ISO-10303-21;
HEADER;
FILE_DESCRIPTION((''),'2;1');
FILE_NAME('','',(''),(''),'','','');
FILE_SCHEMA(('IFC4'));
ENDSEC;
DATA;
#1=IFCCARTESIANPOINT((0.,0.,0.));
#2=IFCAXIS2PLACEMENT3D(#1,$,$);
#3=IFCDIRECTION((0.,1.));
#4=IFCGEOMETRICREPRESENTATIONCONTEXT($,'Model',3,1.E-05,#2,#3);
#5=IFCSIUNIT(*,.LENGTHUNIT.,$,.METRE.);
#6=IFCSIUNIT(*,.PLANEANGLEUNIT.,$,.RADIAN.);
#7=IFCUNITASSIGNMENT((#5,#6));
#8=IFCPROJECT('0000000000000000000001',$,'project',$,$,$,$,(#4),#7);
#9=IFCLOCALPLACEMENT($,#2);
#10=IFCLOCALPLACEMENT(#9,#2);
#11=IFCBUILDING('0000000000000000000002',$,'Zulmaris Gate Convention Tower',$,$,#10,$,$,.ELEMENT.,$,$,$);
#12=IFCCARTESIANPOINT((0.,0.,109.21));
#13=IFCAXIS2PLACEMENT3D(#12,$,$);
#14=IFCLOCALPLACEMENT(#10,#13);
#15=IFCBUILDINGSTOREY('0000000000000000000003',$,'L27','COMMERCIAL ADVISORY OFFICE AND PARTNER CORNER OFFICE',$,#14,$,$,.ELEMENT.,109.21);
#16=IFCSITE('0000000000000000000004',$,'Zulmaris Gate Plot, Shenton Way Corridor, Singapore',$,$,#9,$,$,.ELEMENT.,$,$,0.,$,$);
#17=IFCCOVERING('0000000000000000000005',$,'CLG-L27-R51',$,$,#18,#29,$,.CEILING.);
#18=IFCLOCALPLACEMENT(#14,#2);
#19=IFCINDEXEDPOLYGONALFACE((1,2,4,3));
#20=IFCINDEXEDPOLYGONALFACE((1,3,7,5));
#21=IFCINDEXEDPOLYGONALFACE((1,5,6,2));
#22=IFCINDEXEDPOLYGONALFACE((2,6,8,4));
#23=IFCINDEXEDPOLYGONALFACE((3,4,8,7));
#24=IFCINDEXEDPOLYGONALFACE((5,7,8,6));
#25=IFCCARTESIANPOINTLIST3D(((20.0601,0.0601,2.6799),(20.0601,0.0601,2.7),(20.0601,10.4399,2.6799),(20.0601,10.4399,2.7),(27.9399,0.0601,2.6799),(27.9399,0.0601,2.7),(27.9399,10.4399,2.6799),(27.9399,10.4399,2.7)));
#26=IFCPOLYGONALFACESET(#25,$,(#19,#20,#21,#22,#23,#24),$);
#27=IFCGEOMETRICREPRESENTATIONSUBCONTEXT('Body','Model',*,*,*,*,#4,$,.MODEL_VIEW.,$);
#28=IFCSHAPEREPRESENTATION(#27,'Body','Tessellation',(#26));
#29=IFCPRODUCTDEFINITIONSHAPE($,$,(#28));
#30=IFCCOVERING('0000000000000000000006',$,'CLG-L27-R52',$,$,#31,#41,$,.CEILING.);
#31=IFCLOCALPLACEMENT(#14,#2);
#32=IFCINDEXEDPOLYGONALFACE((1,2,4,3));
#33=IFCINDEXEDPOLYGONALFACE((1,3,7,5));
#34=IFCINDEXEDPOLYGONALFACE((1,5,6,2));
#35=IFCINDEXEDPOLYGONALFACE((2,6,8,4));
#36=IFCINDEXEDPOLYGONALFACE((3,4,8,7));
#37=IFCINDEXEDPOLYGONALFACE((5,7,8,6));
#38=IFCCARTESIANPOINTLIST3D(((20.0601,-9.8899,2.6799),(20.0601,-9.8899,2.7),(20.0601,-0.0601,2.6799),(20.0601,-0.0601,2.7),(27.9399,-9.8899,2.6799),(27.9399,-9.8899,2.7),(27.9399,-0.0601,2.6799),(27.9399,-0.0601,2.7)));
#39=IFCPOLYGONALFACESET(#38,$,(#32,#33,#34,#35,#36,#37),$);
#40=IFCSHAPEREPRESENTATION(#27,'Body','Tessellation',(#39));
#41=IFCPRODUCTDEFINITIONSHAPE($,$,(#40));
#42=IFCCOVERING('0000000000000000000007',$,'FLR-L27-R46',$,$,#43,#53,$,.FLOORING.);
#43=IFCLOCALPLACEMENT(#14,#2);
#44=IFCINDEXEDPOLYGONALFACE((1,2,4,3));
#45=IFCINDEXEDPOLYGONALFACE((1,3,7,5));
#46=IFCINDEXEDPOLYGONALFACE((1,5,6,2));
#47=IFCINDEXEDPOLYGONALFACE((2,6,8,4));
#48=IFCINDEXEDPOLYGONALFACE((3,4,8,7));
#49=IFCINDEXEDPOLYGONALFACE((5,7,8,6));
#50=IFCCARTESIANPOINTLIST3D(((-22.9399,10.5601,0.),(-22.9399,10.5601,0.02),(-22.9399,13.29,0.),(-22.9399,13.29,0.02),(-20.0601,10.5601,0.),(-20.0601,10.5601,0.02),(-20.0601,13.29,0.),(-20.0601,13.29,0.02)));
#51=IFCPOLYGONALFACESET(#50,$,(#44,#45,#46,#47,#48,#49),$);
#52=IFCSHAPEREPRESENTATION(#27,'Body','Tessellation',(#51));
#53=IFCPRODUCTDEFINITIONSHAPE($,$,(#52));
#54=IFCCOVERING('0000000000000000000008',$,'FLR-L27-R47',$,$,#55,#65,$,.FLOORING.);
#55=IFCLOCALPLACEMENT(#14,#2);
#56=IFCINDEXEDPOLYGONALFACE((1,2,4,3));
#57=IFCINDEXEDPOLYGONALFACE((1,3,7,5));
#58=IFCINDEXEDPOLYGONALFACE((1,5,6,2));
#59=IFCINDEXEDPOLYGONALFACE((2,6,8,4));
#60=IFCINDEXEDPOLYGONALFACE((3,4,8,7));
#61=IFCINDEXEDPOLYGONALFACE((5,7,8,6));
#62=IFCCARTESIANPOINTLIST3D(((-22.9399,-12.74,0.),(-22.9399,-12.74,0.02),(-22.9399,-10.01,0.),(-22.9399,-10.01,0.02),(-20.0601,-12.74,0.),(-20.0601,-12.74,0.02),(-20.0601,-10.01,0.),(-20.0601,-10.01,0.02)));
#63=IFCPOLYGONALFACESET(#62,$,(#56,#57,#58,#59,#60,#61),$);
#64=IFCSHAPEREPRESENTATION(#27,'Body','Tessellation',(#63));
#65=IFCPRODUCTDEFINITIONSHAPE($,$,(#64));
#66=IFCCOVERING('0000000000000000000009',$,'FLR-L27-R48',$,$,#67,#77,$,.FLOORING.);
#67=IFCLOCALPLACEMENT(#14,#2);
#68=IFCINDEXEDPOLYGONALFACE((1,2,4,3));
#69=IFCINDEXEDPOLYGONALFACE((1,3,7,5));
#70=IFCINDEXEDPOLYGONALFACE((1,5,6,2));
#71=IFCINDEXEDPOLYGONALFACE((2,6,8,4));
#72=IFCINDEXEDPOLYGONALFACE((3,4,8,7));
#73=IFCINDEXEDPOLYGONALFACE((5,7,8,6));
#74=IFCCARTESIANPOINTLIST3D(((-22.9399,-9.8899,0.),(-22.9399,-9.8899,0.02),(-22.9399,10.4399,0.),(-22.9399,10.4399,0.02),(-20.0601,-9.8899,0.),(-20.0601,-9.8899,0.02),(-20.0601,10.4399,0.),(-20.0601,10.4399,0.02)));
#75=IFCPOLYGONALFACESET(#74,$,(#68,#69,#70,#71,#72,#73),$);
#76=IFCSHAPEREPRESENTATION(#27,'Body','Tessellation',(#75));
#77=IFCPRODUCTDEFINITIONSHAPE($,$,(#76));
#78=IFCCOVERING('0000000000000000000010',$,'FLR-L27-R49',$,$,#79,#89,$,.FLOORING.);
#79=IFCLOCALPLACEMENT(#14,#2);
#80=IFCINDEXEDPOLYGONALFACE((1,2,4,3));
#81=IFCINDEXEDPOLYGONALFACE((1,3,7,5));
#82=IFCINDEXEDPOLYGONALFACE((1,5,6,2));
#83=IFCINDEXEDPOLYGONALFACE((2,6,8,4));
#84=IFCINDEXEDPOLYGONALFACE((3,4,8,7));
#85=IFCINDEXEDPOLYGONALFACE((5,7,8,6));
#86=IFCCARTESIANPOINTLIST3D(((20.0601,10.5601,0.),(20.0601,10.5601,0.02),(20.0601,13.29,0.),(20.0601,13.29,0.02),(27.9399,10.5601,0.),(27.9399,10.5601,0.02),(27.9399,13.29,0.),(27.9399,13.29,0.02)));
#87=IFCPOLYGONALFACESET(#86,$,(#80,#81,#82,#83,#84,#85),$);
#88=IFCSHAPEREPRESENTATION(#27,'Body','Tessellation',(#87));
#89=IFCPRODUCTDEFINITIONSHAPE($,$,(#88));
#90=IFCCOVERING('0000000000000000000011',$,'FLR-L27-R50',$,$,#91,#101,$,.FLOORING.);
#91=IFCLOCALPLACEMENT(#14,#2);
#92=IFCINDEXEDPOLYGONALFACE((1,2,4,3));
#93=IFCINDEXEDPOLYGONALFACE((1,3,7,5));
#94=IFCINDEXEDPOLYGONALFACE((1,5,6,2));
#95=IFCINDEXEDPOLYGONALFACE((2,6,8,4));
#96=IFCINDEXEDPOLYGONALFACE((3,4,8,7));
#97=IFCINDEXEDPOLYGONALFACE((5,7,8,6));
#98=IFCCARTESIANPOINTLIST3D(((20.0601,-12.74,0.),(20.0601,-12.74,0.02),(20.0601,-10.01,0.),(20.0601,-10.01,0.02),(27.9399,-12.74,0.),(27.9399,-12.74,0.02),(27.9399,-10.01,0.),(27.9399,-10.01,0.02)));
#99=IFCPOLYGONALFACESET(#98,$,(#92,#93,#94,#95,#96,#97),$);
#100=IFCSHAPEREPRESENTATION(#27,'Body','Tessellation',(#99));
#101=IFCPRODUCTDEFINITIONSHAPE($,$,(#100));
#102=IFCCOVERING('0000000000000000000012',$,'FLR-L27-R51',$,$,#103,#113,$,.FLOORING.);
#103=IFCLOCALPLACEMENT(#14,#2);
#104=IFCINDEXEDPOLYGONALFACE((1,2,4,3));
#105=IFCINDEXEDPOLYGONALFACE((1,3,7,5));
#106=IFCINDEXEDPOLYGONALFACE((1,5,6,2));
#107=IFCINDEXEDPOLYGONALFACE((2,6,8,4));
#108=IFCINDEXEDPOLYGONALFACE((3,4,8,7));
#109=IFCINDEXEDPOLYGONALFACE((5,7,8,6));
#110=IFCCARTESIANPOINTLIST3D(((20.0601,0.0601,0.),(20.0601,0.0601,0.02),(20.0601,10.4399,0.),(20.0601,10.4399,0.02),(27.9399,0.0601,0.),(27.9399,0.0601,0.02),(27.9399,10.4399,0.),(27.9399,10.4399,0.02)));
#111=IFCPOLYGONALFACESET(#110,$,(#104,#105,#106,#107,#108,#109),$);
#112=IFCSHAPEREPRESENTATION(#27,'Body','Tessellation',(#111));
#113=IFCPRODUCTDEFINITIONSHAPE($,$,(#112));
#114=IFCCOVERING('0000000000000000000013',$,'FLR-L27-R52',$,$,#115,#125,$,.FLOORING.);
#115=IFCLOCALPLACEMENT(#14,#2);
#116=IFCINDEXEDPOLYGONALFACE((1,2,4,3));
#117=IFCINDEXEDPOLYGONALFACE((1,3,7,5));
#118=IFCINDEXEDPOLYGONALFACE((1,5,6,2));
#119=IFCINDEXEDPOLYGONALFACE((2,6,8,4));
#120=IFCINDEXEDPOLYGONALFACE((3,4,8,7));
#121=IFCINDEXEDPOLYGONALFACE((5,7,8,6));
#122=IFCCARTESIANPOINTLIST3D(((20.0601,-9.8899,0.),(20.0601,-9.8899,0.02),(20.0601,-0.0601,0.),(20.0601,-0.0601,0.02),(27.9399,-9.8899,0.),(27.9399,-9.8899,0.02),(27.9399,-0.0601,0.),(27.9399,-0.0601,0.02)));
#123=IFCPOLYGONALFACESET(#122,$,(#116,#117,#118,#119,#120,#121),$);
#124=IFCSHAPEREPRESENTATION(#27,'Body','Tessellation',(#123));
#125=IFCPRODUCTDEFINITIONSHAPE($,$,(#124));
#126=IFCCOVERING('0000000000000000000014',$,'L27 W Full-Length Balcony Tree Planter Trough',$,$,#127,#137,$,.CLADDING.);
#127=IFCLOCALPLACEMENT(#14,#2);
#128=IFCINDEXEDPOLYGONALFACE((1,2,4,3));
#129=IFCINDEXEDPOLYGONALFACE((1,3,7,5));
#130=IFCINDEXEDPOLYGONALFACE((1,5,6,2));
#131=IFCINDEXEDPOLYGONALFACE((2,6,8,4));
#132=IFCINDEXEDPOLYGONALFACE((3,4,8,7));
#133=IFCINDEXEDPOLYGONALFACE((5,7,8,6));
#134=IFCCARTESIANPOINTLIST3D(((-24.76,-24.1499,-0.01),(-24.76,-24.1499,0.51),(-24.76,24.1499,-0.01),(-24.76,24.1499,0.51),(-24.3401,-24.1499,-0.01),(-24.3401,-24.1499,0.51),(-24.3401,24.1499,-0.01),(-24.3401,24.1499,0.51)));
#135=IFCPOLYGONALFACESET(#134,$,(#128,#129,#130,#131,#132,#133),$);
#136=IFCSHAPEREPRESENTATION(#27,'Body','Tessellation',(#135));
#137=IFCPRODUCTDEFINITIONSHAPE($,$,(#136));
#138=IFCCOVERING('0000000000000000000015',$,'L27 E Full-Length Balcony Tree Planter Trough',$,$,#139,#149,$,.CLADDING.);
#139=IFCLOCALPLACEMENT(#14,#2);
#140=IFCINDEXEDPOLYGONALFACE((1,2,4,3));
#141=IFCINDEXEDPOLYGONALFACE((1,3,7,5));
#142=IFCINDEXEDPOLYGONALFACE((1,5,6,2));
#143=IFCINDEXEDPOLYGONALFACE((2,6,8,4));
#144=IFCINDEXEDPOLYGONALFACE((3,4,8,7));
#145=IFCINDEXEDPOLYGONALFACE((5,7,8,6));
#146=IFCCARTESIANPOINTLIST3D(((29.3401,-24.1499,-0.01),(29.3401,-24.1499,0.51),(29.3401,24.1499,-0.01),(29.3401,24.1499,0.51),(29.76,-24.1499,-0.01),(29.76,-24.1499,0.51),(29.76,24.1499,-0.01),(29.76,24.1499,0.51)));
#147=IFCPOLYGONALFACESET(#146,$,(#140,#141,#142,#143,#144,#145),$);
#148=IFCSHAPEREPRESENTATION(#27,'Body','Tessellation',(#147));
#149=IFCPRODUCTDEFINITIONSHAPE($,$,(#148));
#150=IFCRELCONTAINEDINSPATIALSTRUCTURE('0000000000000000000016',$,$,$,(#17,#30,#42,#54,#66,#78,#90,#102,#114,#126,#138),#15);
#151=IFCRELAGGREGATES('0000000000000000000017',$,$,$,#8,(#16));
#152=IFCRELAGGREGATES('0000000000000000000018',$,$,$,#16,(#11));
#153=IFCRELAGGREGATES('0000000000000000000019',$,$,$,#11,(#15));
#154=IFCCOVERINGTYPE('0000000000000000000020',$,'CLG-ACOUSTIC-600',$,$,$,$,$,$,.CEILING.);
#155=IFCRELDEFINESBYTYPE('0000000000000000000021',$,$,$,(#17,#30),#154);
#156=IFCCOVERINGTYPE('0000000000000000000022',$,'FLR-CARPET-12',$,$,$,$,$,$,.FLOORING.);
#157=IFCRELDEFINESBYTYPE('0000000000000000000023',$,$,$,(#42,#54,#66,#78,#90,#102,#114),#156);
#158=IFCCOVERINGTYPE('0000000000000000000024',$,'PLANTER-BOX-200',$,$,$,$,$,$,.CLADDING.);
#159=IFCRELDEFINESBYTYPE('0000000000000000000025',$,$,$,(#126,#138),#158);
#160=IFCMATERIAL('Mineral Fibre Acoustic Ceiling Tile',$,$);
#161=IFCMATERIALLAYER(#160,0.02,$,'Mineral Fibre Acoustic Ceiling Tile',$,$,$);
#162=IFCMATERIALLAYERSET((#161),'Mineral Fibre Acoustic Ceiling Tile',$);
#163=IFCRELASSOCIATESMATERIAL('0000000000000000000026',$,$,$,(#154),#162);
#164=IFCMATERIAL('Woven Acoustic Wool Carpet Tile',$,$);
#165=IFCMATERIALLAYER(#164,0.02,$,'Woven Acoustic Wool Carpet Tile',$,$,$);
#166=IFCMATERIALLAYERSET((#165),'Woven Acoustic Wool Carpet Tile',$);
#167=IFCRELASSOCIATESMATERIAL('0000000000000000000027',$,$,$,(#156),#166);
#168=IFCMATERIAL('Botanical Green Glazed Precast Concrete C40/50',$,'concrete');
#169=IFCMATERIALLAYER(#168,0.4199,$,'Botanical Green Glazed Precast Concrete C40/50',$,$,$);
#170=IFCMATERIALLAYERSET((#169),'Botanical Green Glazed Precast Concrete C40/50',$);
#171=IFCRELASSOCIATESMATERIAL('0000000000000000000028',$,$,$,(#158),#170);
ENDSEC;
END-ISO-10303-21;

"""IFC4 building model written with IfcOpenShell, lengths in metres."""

from ifc_helpers import new_model, si_unit, direction, frame, origin, place, context, subcontext, project, spatial, polyline, outline, extrude, material, layer, layer_set, type_object, element, save


model = new_model("IFC4")

# Units and contexts
model_context = context("Model", 3, precision=1e-05, world=origin(), true_north=direction((0.0, 1.0)))
body_context = subcontext(model_context, "Body", "Model", "MODEL_VIEW")
ifc_project = project(units=[si_unit("LENGTHUNIT", "METRE"), si_unit("PLANEANGLEUNIT", "RADIAN")], contexts=[model_context])

# Site, building, storey
site_placement = place(None, origin())
site = spatial("IfcSite", under=ifc_project, at=site_placement, Name="Zulmaris Gate Plot, Shenton Way Corridor, Singapore", CompositionType="ELEMENT", RefElevation=0.0)
building_placement = place(site_placement, origin())
building = spatial("IfcBuilding", under=site, at=building_placement, Name="Zulmaris Gate Convention Tower", CompositionType="ELEMENT")
storey_placement = place(building_placement, frame((0.0, 0.0, 109.21)))
storey = spatial("IfcBuildingStorey", under=building, at=storey_placement, Name="L27", Description="COMMERCIAL ADVISORY OFFICE AND PARTNER CORNER OFFICE", CompositionType="ELEMENT", Elevation=109.21)

# Coverings
ifc_material_1 = material(Name="Mineral Fibre Acoustic Ceiling Tile")
ifc_layer_1 = layer(ifc_material_1, 0.02, Name="Mineral Fibre Acoustic Ceiling Tile")
ifc_layer_set_1 = layer_set([ifc_layer_1], Name="Mineral Fibre Acoustic Ceiling Tile")
covering_type_1 = type_object("IfcCoveringType", Name="CLG-ACOUSTIC-600", PredefinedType="CEILING", material=ifc_layer_set_1)
covering_1_placement = place(storey_placement, frame((0.0, 0.0, 2.6799)))
element("IfcCovering", 1, at=covering_1_placement, inside=storey, type_object=covering_type_1, Name="CLG-L27-R51", PredefinedType="CEILING", context=body_context, shape_type="SweptSolid", body=[
    extrude(outline(polyline([(20.0601, 0.0601), (27.9399, 0.0601), (27.9399, 10.4399), (20.0601, 10.4399), (20.0601, 0.0601)])), origin(), (0.0, 0.0, 1.0), 0.02),
])
covering_2_placement = place(storey_placement, frame((0.0, 0.0, 2.6799)))
element("IfcCovering", 2, at=covering_2_placement, inside=storey, type_object=covering_type_1, Name="CLG-L27-R52", PredefinedType="CEILING", context=body_context, shape_type="SweptSolid", body=[
    extrude(outline(polyline([(20.0601, -9.8899), (27.9399, -9.8899), (27.9399, -0.0601), (20.0601, -0.0601), (20.0601, -9.8899)])), origin(), (0.0, 0.0, 1.0), 0.02),
])
ifc_material_2 = material(Name="Woven Acoustic Wool Carpet Tile")
ifc_layer_2 = layer(ifc_material_2, 0.02, Name="Woven Acoustic Wool Carpet Tile")
ifc_layer_set_2 = layer_set([ifc_layer_2], Name="Woven Acoustic Wool Carpet Tile")
covering_type_2 = type_object("IfcCoveringType", Name="FLR-CARPET-12", PredefinedType="FLOORING", material=ifc_layer_set_2)
covering_3_placement = place(storey_placement, origin())
element("IfcCovering", 3, at=covering_3_placement, inside=storey, type_object=covering_type_2, Name="FLR-L27-R46", PredefinedType="FLOORING", context=body_context, shape_type="SweptSolid", body=[
    extrude(outline(polyline([(-22.9399, 10.5601), (-20.0601, 10.5601), (-20.0601, 13.29), (-22.9399, 13.29), (-22.9399, 10.5601)])), origin(), (0.0, 0.0, 1.0), 0.02),
])
covering_4_placement = place(storey_placement, origin())
element("IfcCovering", 4, at=covering_4_placement, inside=storey, type_object=covering_type_2, Name="FLR-L27-R47", PredefinedType="FLOORING", context=body_context, shape_type="SweptSolid", body=[
    extrude(outline(polyline([(-22.9399, -12.74), (-20.0601, -12.74), (-20.0601, -10.01), (-22.9399, -10.01), (-22.9399, -12.74)])), origin(), (0.0, 0.0, 1.0), 0.02),
])
covering_5_placement = place(storey_placement, origin())
element("IfcCovering", 5, at=covering_5_placement, inside=storey, type_object=covering_type_2, Name="FLR-L27-R48", PredefinedType="FLOORING", context=body_context, shape_type="SweptSolid", body=[
    extrude(outline(polyline([(-22.9399, -9.8899), (-20.0601, -9.8899), (-20.0601, 10.4399), (-22.9399, 10.4399), (-22.9399, -9.8899)])), origin(), (0.0, 0.0, 1.0), 0.02),
])
covering_6_placement = place(storey_placement, origin())
element("IfcCovering", 6, at=covering_6_placement, inside=storey, type_object=covering_type_2, Name="FLR-L27-R49", PredefinedType="FLOORING", context=body_context, shape_type="SweptSolid", body=[
    extrude(outline(polyline([(20.0601, 10.5601), (27.9399, 10.5601), (27.9399, 13.29), (20.0601, 13.29), (20.0601, 10.5601)])), origin(), (0.0, 0.0, 1.0), 0.02),
])
covering_7_placement = place(storey_placement, origin())
element("IfcCovering", 7, at=covering_7_placement, inside=storey, type_object=covering_type_2, Name="FLR-L27-R50", PredefinedType="FLOORING", context=body_context, shape_type="SweptSolid", body=[
    extrude(outline(polyline([(20.0601, -12.74), (27.9399, -12.74), (27.9399, -10.01), (20.0601, -10.01), (20.0601, -12.74)])), origin(), (0.0, 0.0, 1.0), 0.02),
])
covering_8_placement = place(storey_placement, origin())
element("IfcCovering", 8, at=covering_8_placement, inside=storey, type_object=covering_type_2, Name="FLR-L27-R51", PredefinedType="FLOORING", context=body_context, shape_type="SweptSolid", body=[
    extrude(outline(polyline([(20.0601, 0.0601), (27.9399, 0.0601), (27.9399, 10.4399), (20.0601, 10.4399), (20.0601, 0.0601)])), origin(), (0.0, 0.0, 1.0), 0.02),
])
covering_9_placement = place(storey_placement, origin())
element("IfcCovering", 9, at=covering_9_placement, inside=storey, type_object=covering_type_2, Name="FLR-L27-R52", PredefinedType="FLOORING", context=body_context, shape_type="SweptSolid", body=[
    extrude(outline(polyline([(20.0601, -9.8899), (27.9399, -9.8899), (27.9399, -0.0601), (20.0601, -0.0601), (20.0601, -9.8899)])), origin(), (0.0, 0.0, 1.0), 0.02),
])
ifc_material_3 = material(Name="Botanical Green Glazed Precast Concrete C40/50", Category="concrete")
ifc_layer_3 = layer(ifc_material_3, 0.4199, Name="Botanical Green Glazed Precast Concrete C40/50")
ifc_layer_set_3 = layer_set([ifc_layer_3], Name="Botanical Green Glazed Precast Concrete C40/50")
covering_type_3 = type_object("IfcCoveringType", Name="PLANTER-BOX-200", PredefinedType="CLADDING", material=ifc_layer_set_3)
covering_10_placement = place(storey_placement, frame((0.0, 0.0, -0.01)))
element("IfcCovering", 10, at=covering_10_placement, inside=storey, type_object=covering_type_3, Name="L27 W Full-Length Balcony Tree Planter Trough", PredefinedType="CLADDING", context=body_context, shape_type="SweptSolid", body=[
    extrude(outline(polyline([(-24.76, -24.1499), (-24.3401, -24.1499), (-24.3401, 24.1499), (-24.76, 24.1499), (-24.76, -24.1499)])), origin(), (0.0, 0.0, 1.0), 0.52),
])
covering_11_placement = place(storey_placement, frame((0.0, 0.0, -0.01)))
element("IfcCovering", 11, at=covering_11_placement, inside=storey, type_object=covering_type_3, Name="L27 E Full-Length Balcony Tree Planter Trough", PredefinedType="CLADDING", context=body_context, shape_type="SweptSolid", body=[
    extrude(outline(polyline([(29.3401, -24.1499), (29.76, -24.1499), (29.76, 24.1499), (29.3401, 24.1499), (29.3401, -24.1499)])), origin(), (0.0, 0.0, 1.0), 0.52),
])

save(model, "model.ifc")
